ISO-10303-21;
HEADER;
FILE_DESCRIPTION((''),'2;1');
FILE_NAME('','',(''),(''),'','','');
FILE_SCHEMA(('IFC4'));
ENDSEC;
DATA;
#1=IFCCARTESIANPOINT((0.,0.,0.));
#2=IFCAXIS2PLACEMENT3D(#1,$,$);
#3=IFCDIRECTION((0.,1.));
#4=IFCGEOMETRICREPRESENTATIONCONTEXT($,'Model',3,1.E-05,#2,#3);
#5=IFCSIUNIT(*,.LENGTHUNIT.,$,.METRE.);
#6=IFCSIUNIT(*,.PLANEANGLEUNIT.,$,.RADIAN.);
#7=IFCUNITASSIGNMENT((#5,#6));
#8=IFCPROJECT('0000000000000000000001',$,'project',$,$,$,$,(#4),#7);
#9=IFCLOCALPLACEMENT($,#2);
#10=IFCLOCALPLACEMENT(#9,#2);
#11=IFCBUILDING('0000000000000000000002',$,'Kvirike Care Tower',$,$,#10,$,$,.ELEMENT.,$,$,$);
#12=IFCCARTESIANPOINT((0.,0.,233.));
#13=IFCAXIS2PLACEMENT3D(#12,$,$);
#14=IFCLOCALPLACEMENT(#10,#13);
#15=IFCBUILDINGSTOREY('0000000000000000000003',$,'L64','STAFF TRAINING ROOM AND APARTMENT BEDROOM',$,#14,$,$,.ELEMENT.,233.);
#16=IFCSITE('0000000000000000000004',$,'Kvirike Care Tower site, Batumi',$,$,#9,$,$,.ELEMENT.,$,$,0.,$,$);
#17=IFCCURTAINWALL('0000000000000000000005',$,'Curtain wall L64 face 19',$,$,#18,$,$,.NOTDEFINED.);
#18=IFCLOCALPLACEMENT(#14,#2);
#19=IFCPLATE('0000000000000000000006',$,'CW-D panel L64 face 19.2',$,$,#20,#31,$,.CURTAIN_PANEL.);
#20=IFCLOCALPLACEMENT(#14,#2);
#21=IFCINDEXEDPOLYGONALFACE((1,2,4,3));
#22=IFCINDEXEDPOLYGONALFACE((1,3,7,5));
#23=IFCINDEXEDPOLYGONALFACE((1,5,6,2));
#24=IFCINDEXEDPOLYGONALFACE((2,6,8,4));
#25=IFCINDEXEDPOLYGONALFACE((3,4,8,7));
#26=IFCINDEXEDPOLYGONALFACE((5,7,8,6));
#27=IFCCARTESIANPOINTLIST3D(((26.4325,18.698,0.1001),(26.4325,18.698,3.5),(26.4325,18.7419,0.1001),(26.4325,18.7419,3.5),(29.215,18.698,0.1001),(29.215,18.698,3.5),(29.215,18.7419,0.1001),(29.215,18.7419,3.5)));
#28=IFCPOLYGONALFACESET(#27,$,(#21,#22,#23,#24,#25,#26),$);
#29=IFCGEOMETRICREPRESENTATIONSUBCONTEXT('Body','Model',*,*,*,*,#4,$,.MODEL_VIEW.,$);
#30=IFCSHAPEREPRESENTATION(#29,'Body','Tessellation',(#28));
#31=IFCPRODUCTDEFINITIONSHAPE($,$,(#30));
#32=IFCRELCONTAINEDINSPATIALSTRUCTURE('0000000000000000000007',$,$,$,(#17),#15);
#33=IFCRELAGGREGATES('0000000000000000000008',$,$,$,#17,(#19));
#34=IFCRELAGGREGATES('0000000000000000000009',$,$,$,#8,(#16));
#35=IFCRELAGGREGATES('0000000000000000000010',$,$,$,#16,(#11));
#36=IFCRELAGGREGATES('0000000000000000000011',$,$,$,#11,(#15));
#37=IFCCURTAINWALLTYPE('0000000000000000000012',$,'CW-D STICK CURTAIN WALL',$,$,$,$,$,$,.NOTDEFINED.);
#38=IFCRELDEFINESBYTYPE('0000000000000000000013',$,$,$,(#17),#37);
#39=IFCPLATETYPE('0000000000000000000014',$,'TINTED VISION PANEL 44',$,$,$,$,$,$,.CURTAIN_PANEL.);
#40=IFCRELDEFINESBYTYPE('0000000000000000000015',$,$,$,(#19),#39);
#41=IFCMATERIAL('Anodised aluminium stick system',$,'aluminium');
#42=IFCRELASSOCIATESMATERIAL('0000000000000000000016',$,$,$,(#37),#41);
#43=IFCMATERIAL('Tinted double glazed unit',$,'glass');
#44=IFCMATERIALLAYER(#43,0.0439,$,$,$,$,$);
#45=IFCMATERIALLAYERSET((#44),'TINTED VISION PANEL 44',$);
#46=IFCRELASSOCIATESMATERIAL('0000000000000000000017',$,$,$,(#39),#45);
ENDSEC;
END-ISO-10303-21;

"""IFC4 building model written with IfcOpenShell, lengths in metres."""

from ifc_helpers import new_model, si_unit, direction, frame, origin, origin_2d, place, context, subcontext, project, spatial, rectangle, extrude, material, layer, layer_set, type_object, element, aggregate, save


model = new_model("IFC4")

# Units and contexts
model_context = context("Model", 3, precision=1e-05, world=origin(), true_north=direction((0.0, 1.0)))
body_context = subcontext(model_context, "Body", "Model", "MODEL_VIEW")
ifc_project = project(units=[si_unit("LENGTHUNIT", "METRE"), si_unit("PLANEANGLEUNIT", "RADIAN")], contexts=[model_context])

# Site, building, storey
site_placement = place(None, origin())
site = spatial("IfcSite", under=ifc_project, at=site_placement, Name="Kvirike Care Tower site, Batumi", CompositionType="ELEMENT", RefElevation=0.0)
building_placement = place(site_placement, origin())
building = spatial("IfcBuilding", under=site, at=building_placement, Name="Kvirike Care Tower", CompositionType="ELEMENT")
storey_placement = place(building_placement, frame((0.0, 0.0, 233.0)))
storey = spatial("IfcBuildingStorey", under=building, at=storey_placement, Name="L64", Description="STAFF TRAINING ROOM AND APARTMENT BEDROOM", CompositionType="ELEMENT", Elevation=233.0)

# Curtain wall
ifc_material_1 = material(Name="Anodised aluminium stick system", Category="aluminium")
curtain_wall_type = type_object("IfcCurtainWallType", Name="CW-D STICK CURTAIN WALL", PredefinedType="NOTDEFINED", material=ifc_material_1)
curtain_wall_1_placement = place(storey_placement, origin())
curtain_wall_1 = element("IfcCurtainWall", 1, at=curtain_wall_1_placement, inside=storey, type_object=curtain_wall_type, Name="Curtain wall L64 face 19", PredefinedType="NOTDEFINED")

# Plate
ifc_material_2 = material(Name="Tinted double glazed unit", Category="glass")
ifc_layer = layer(ifc_material_2, 0.0439)
ifc_layer_set = layer_set([ifc_layer], Name="TINTED VISION PANEL 44")
plate_type = type_object("IfcPlateType", Name="TINTED VISION PANEL 44", PredefinedType="CURTAIN_PANEL", material=ifc_layer_set)
plate_1_placement = place(storey_placement, frame((27.8237, 18.72, 0.1001), z_axis=(0.0, 0.0, 1.0), x_axis=(1.0, 0.0, 0.0)))
plate_1 = element("IfcPlate", 2, at=plate_1_placement, type_object=plate_type, Name="CW-D panel L64 face 19.2", PredefinedType="CURTAIN_PANEL", context=body_context, shape_type="SweptSolid", body=[
    extrude(rectangle(XDim=2.7825, YDim=0.0439, at=origin_2d()), origin(), (0.0, 0.0, 1.0), 3.3999),
])
aggregate(curtain_wall_1, [plate_1])

save(model, "model.ifc")
